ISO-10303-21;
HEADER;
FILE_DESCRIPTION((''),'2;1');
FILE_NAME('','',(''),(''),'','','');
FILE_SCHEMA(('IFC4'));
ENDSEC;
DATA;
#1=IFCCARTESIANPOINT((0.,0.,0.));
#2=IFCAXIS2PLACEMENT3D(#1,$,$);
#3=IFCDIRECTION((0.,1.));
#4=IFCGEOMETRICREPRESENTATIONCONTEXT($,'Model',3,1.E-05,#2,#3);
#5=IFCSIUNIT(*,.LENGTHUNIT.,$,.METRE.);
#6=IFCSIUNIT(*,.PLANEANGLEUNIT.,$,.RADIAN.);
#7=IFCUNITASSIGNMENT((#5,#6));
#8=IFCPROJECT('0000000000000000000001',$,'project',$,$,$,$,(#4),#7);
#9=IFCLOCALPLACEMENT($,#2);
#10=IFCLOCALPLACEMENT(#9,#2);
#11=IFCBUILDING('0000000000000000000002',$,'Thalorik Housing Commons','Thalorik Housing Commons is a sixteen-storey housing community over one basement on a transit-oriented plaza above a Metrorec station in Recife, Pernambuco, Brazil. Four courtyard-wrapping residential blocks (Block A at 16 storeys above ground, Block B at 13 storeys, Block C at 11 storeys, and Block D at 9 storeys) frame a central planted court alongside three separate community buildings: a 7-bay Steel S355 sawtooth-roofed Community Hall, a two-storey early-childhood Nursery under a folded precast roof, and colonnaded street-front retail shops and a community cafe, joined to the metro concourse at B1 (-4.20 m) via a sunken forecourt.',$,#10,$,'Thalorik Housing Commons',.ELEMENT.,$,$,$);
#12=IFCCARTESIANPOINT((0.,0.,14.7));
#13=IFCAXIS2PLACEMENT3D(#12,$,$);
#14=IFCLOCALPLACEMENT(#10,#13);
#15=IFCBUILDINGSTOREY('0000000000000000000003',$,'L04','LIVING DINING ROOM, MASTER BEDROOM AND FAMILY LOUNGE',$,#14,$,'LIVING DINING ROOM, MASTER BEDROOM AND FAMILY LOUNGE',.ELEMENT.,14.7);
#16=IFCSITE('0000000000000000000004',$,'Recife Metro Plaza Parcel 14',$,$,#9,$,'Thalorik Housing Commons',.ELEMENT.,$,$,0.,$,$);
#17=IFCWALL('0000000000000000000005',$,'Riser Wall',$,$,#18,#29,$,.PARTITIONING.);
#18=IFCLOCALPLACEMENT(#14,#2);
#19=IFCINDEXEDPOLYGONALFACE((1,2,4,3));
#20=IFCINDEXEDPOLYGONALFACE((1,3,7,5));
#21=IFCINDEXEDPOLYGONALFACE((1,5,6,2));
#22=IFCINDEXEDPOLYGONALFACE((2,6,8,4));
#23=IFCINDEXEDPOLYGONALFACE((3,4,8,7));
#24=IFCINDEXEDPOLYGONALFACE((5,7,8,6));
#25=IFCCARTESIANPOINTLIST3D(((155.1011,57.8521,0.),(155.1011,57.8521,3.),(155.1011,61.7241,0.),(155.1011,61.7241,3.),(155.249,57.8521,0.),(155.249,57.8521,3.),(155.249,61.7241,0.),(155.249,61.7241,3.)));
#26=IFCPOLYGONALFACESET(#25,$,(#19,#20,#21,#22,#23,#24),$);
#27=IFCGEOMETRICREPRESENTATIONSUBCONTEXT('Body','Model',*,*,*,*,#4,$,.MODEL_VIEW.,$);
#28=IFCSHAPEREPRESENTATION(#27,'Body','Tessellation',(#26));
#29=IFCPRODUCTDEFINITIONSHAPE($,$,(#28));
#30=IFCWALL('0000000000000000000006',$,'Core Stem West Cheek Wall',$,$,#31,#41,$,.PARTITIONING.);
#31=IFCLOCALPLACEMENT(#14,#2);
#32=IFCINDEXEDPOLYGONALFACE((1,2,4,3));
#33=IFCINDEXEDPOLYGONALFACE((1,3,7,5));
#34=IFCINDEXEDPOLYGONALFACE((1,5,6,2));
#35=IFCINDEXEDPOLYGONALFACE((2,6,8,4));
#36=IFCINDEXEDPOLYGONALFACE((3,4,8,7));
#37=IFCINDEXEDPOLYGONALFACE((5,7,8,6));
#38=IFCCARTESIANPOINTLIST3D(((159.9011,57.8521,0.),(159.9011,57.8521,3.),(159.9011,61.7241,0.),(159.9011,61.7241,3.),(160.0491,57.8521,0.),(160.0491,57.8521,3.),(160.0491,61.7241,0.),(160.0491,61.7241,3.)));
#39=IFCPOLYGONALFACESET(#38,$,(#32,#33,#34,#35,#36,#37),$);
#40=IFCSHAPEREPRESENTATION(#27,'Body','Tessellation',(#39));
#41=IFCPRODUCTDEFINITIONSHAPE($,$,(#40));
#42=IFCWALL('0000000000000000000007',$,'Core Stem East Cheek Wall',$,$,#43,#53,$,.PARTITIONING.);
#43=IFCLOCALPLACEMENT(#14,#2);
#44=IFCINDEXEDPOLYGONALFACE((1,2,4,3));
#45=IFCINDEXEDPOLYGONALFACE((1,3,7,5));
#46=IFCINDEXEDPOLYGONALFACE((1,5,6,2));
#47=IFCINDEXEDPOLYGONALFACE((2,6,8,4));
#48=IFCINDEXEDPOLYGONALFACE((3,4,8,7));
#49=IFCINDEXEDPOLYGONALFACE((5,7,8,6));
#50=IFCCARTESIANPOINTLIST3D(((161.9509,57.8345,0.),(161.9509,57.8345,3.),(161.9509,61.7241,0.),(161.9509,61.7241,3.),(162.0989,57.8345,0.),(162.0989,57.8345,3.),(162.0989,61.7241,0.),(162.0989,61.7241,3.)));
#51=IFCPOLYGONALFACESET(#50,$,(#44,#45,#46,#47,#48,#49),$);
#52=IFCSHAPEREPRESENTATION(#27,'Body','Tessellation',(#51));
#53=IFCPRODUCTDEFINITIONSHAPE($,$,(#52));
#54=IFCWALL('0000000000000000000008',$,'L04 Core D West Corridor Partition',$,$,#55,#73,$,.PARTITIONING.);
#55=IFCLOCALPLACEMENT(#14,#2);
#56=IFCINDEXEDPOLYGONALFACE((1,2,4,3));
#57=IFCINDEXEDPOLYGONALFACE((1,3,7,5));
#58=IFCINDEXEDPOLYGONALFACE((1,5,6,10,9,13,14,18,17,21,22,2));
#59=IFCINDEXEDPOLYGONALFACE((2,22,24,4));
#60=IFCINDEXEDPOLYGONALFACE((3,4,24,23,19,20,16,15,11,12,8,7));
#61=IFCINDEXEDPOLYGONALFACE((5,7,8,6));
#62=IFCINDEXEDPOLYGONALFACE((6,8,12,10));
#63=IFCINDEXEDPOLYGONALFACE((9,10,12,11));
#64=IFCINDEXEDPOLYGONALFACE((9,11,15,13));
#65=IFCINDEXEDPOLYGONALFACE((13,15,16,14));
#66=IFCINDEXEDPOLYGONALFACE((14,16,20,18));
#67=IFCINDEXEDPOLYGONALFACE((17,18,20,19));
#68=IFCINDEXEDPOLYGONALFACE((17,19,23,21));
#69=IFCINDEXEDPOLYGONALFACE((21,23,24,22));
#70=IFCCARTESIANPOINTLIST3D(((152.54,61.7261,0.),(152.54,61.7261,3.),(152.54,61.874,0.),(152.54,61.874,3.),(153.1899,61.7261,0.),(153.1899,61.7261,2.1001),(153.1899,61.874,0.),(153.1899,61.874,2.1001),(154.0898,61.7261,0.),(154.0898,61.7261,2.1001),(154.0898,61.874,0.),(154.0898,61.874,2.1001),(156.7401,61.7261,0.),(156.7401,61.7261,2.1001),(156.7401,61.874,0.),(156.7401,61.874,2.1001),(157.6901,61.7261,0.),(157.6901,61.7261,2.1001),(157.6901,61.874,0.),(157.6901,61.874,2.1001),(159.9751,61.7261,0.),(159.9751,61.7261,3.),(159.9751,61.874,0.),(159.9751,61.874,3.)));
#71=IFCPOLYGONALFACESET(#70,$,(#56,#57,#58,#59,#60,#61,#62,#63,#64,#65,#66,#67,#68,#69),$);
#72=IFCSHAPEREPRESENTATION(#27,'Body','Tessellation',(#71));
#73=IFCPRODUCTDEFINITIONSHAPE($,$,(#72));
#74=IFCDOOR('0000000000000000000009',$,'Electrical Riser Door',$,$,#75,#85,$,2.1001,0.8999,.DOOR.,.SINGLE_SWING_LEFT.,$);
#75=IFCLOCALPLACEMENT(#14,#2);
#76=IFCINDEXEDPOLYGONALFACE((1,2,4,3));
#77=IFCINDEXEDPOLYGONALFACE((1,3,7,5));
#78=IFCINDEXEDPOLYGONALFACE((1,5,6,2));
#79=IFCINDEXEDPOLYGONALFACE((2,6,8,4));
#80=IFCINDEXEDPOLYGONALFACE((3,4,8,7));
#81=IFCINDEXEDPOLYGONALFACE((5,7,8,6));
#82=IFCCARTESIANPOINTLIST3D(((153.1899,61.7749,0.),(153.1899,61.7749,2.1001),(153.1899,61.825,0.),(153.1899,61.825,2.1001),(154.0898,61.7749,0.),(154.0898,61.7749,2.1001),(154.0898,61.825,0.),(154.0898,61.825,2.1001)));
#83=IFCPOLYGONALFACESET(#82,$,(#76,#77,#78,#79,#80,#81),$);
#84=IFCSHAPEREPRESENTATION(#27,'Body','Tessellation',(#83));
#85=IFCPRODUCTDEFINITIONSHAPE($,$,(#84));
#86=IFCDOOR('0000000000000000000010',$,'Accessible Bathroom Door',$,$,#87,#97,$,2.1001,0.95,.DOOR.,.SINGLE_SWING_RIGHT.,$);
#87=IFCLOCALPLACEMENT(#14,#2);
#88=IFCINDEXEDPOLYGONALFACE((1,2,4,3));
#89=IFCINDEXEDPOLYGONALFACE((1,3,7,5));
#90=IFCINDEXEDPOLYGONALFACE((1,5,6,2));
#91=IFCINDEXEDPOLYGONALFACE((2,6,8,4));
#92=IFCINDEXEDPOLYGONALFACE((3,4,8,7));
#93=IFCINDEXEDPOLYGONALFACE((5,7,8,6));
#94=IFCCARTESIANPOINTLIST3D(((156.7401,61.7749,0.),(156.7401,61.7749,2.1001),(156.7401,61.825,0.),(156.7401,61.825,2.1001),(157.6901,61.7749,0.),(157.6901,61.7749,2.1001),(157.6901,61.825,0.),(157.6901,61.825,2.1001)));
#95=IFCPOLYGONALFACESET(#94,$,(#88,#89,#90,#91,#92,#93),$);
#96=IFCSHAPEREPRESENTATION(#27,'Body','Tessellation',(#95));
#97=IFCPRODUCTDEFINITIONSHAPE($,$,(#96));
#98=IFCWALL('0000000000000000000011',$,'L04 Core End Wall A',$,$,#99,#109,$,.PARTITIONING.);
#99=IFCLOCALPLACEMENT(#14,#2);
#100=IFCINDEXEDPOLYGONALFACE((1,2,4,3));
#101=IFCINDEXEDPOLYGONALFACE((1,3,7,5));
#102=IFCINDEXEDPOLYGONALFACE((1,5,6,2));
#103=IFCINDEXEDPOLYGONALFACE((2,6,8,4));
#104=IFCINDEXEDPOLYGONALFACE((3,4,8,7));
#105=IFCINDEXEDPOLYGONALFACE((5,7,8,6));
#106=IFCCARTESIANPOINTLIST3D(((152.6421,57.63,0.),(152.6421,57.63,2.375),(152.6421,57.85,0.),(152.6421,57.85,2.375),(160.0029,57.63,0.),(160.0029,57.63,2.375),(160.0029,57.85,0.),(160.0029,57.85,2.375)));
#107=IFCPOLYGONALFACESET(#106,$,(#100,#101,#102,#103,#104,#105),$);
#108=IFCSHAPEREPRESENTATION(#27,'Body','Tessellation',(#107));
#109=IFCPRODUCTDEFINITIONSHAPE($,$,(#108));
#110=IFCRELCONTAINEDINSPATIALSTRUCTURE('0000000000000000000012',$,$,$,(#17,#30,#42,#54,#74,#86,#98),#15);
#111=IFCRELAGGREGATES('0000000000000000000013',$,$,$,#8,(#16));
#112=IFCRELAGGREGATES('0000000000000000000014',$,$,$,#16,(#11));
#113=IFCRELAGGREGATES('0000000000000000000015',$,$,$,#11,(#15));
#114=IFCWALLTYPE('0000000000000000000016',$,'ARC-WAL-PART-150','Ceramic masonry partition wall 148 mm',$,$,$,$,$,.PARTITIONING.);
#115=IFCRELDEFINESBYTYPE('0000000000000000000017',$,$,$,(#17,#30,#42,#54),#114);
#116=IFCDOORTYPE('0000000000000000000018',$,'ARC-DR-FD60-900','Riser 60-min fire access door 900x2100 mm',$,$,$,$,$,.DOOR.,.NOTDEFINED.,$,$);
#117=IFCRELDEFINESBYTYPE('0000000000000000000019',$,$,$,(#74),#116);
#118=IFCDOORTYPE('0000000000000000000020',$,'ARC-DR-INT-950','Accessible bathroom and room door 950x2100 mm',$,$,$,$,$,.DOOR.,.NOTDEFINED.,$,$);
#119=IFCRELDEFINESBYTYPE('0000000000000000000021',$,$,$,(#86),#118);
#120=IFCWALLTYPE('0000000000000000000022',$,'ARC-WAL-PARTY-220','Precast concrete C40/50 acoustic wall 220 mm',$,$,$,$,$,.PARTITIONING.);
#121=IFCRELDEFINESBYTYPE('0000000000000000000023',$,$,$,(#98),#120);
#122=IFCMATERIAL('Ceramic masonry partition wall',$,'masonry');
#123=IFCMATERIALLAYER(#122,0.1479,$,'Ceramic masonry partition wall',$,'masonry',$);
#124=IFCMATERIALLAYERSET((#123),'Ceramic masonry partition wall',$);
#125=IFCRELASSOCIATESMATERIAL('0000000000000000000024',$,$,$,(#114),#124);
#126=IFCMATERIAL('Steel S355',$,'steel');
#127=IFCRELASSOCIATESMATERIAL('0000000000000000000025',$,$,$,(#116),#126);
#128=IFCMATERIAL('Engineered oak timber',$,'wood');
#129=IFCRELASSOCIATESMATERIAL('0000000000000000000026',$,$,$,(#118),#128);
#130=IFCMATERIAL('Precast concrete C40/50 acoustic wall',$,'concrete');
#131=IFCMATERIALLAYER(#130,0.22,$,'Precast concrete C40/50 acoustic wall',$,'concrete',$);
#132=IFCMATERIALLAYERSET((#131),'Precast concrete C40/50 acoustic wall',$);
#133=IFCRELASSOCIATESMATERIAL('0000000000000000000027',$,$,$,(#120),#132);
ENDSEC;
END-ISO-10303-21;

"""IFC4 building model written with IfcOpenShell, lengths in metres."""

from ifc_helpers import new_model, si_unit, direction, frame, frame_2d, origin, place, context, subcontext, project, spatial, rectangle, extrude, material, layer, layer_set, type_object, element, fill, save


model = new_model("IFC4")

# Units and contexts
model_context = context("Model", 3, precision=1e-05, world=origin(), true_north=direction((0.0, 1.0)))
body_context = subcontext(model_context, "Body", "Model", "MODEL_VIEW")
ifc_project = project(units=[si_unit("LENGTHUNIT", "METRE"), si_unit("PLANEANGLEUNIT", "RADIAN")], contexts=[model_context])

# Site, building, storey
site_placement = place(None, origin())
site = spatial("IfcSite", under=ifc_project, at=site_placement, Name="Recife Metro Plaza Parcel 14", LongName="Thalorik Housing Commons", CompositionType="ELEMENT", RefElevation=0.0)
building_placement = place(site_placement, origin())
building = spatial("IfcBuilding", under=site, at=building_placement, Name="Thalorik Housing Commons", Description="Thalorik Housing Commons is a sixteen-storey housing community over one basement on a transit-oriented plaza above a Metrorec station in Recife, Pernambuco, Brazil. Four courtyard-wrapping residential blocks (Block A at 16 storeys above ground, Block B at 13 storeys, Block C at 11 storeys, and Block D at 9 storeys) frame a central planted court alongside three separate community buildings: a 7-bay Steel S355 sawtooth-roofed Community Hall, a two-storey early-childhood Nursery under a folded precast roof, and colonnaded street-front retail shops and a community cafe, joined to the metro concourse at B1 (-4.20 m) via a sunken forecourt.", LongName="Thalorik Housing Commons", CompositionType="ELEMENT")
storey_placement = place(building_placement, frame((0.0, 0.0, 14.7)))
storey = spatial("IfcBuildingStorey", under=building, at=storey_placement, Name="L04", Description="LIVING DINING ROOM, MASTER BEDROOM AND FAMILY LOUNGE", LongName="LIVING DINING ROOM, MASTER BEDROOM AND FAMILY LOUNGE", CompositionType="ELEMENT", Elevation=14.7)

# Shared definitions
ifc_material_1 = material(Name="Engineered oak timber", Category="wood")

# Walls
ifc_material_2 = material(Name="Ceramic masonry partition wall", Category="masonry")
ifc_layer_1 = layer(ifc_material_2, 0.1479, Name="Ceramic masonry partition wall", Category="masonry")
ifc_layer_set_1 = layer_set([ifc_layer_1], Name="Ceramic masonry partition wall")
wall_type_1 = type_object("IfcWallType", Name="ARC-WAL-PART-150", Description="Ceramic masonry partition wall 148 mm", PredefinedType="PARTITIONING", material=ifc_layer_set_1)
for number, where, z_axis, x_axis, name in (
    (1, (155.175, 61.7241, 0.0), (0.0, 0.0, 1.0), (0.0, -1.0, 0.0), "Riser Wall"),
    (2, (159.9751, 61.7241, 0.0), (0.0, 0.0, 1.0), (0.0, -1.0, 0.0), "Core Stem West Cheek Wall"),
):
    element("IfcWall", number, at=place(storey_placement, frame(where, z_axis=z_axis, x_axis=x_axis)), inside=storey, type_object=wall_type_1, Name=name, PredefinedType="PARTITIONING", context=body_context, shape_type="SweptSolid", body=[
        extrude(rectangle(XDim=3.8721, YDim=0.1479, at=frame_2d((1.936, 0.0))), origin(), (0.0, 0.0, 1.0), 3.0),
    ])
wall_1_placement = place(storey_placement, frame((162.0249, 61.7241, 0.0), z_axis=(0.0, 0.0, 1.0), x_axis=(0.0, -1.0, 0.0)))
element("IfcWall", 3, at=wall_1_placement, inside=storey, type_object=wall_type_1, Name="Core Stem East Cheek Wall", PredefinedType="PARTITIONING", context=body_context, shape_type="SweptSolid", body=[
    extrude(rectangle(XDim=3.8896, YDim=0.1479, at=frame_2d((1.9448, 0.0))), origin(), (0.0, 0.0, 1.0), 3.0),
])

# Wall, openings, doors
wall_2_placement = place(storey_placement, frame((152.54, 61.8, 0.0), z_axis=(0.0, 0.0, 1.0), x_axis=(1.0, 0.0, 0.0)))
wall_2 = element("IfcWall", 4, at=wall_2_placement, inside=storey, type_object=wall_type_1, Name="L04 Core D West Corridor Partition", PredefinedType="PARTITIONING", context=body_context, shape_type="SweptSolid", body=[
    extrude(rectangle(XDim=7.4351, YDim=0.1479, at=frame_2d((3.7175, 0.0))), origin(), (0.0, 0.0, 1.0), 3.0),
])
opening_1_placement = place(wall_2_placement, frame((0.6499, 0.0, 0.0)))
opening_1 = element("IfcOpeningElement", 5, at=opening_1_placement, cuts=wall_2, PredefinedType="OPENING", context=body_context, shape_type="SweptSolid", body=[
    extrude(rectangle(XDim=0.8999, YDim=2.1001, at=frame_2d((0.45, 1.05))), frame((0.0, 0.084, 0.0), z_axis=(0.0, -1.0, 0.0), x_axis=(1.0, 0.0, 0.0)), (0.0, 0.0, 1.0), 0.168),
])
opening_2_placement = place(wall_2_placement, frame((4.2, 0.0, 0.0)))
opening_2 = element("IfcOpeningElement", 6, at=opening_2_placement, cuts=wall_2, PredefinedType="OPENING", context=body_context, shape_type="SweptSolid", body=[
    extrude(rectangle(XDim=0.95, YDim=2.1001, at=frame_2d((0.4751, 1.05))), frame((0.0, 0.084, 0.0), z_axis=(0.0, -1.0, 0.0), x_axis=(1.0, 0.0, 0.0)), (0.0, 0.0, 1.0), 0.168),
])
ifc_material_3 = material(Name="Steel S355", Category="steel")
door_type_1 = type_object("IfcDoorType", Name="ARC-DR-FD60-900", Description="Riser 60-min fire access door 900x2100 mm", OperationType="NOTDEFINED", PredefinedType="DOOR", material=ifc_material_3)
door_1_placement = place(opening_1_placement, origin())
door_1 = element("IfcDoor", 7, at=door_1_placement, inside=storey, type_object=door_type_1, Name="Electrical Riser Door", OperationType="SINGLE_SWING_LEFT", OverallHeight=2.1001, OverallWidth=0.8999, PredefinedType="DOOR", context=body_context, shape_type="SweptSolid", body=[
    extrude(rectangle(XDim=0.8999, YDim=2.1001, at=frame_2d((0.45, 1.05))), frame((0.0, 0.0249, 0.0), z_axis=(0.0, -1.0, 0.0), x_axis=(1.0, 0.0, 0.0)), (0.0, 0.0, 1.0), 0.05),
])
fill(opening_1, door_1)
door_type_2 = type_object("IfcDoorType", Name="ARC-DR-INT-950", Description="Accessible bathroom and room door 950x2100 mm", OperationType="NOTDEFINED", PredefinedType="DOOR", material=ifc_material_1)
door_2_placement = place(opening_2_placement, origin())
door_2 = element("IfcDoor", 8, at=door_2_placement, inside=storey, type_object=door_type_2, Name="Accessible Bathroom Door", OperationType="SINGLE_SWING_RIGHT", OverallHeight=2.1001, OverallWidth=0.95, PredefinedType="DOOR", context=body_context, shape_type="SweptSolid", body=[
    extrude(rectangle(XDim=0.95, YDim=2.1001, at=frame_2d((0.4751, 1.05))), frame((0.0, 0.0249, 0.0), z_axis=(0.0, -1.0, 0.0), x_axis=(1.0, 0.0, 0.0)), (0.0, 0.0, 1.0), 0.05),
])
fill(opening_2, door_2)

# Wall
ifc_material_4 = material(Name="Precast concrete C40/50 acoustic wall", Category="concrete")
ifc_layer_2 = layer(ifc_material_4, 0.22, Name="Precast concrete C40/50 acoustic wall", Category="concrete")
ifc_layer_set_2 = layer_set([ifc_layer_2], Name="Precast concrete C40/50 acoustic wall")
wall_type_2 = type_object("IfcWallType", Name="ARC-WAL-PARTY-220", Description="Precast concrete C40/50 acoustic wall 220 mm", PredefinedType="PARTITIONING", material=ifc_layer_set_2)
wall_3_placement = place(storey_placement, frame((152.6421, 57.74, 0.0), z_axis=(0.0, 0.0, 1.0), x_axis=(1.0, 0.0, 0.0)))
element("IfcWall", 9, at=wall_3_placement, inside=storey, type_object=wall_type_2, Name="L04 Core End Wall A", PredefinedType="PARTITIONING", context=body_context, shape_type="SweptSolid", body=[
    extrude(rectangle(XDim=7.3608, YDim=0.22, at=frame_2d((3.6804, 0.0))), origin(), (0.0, 0.0, 1.0), 2.375),
])

save(model, "model.ifc")
